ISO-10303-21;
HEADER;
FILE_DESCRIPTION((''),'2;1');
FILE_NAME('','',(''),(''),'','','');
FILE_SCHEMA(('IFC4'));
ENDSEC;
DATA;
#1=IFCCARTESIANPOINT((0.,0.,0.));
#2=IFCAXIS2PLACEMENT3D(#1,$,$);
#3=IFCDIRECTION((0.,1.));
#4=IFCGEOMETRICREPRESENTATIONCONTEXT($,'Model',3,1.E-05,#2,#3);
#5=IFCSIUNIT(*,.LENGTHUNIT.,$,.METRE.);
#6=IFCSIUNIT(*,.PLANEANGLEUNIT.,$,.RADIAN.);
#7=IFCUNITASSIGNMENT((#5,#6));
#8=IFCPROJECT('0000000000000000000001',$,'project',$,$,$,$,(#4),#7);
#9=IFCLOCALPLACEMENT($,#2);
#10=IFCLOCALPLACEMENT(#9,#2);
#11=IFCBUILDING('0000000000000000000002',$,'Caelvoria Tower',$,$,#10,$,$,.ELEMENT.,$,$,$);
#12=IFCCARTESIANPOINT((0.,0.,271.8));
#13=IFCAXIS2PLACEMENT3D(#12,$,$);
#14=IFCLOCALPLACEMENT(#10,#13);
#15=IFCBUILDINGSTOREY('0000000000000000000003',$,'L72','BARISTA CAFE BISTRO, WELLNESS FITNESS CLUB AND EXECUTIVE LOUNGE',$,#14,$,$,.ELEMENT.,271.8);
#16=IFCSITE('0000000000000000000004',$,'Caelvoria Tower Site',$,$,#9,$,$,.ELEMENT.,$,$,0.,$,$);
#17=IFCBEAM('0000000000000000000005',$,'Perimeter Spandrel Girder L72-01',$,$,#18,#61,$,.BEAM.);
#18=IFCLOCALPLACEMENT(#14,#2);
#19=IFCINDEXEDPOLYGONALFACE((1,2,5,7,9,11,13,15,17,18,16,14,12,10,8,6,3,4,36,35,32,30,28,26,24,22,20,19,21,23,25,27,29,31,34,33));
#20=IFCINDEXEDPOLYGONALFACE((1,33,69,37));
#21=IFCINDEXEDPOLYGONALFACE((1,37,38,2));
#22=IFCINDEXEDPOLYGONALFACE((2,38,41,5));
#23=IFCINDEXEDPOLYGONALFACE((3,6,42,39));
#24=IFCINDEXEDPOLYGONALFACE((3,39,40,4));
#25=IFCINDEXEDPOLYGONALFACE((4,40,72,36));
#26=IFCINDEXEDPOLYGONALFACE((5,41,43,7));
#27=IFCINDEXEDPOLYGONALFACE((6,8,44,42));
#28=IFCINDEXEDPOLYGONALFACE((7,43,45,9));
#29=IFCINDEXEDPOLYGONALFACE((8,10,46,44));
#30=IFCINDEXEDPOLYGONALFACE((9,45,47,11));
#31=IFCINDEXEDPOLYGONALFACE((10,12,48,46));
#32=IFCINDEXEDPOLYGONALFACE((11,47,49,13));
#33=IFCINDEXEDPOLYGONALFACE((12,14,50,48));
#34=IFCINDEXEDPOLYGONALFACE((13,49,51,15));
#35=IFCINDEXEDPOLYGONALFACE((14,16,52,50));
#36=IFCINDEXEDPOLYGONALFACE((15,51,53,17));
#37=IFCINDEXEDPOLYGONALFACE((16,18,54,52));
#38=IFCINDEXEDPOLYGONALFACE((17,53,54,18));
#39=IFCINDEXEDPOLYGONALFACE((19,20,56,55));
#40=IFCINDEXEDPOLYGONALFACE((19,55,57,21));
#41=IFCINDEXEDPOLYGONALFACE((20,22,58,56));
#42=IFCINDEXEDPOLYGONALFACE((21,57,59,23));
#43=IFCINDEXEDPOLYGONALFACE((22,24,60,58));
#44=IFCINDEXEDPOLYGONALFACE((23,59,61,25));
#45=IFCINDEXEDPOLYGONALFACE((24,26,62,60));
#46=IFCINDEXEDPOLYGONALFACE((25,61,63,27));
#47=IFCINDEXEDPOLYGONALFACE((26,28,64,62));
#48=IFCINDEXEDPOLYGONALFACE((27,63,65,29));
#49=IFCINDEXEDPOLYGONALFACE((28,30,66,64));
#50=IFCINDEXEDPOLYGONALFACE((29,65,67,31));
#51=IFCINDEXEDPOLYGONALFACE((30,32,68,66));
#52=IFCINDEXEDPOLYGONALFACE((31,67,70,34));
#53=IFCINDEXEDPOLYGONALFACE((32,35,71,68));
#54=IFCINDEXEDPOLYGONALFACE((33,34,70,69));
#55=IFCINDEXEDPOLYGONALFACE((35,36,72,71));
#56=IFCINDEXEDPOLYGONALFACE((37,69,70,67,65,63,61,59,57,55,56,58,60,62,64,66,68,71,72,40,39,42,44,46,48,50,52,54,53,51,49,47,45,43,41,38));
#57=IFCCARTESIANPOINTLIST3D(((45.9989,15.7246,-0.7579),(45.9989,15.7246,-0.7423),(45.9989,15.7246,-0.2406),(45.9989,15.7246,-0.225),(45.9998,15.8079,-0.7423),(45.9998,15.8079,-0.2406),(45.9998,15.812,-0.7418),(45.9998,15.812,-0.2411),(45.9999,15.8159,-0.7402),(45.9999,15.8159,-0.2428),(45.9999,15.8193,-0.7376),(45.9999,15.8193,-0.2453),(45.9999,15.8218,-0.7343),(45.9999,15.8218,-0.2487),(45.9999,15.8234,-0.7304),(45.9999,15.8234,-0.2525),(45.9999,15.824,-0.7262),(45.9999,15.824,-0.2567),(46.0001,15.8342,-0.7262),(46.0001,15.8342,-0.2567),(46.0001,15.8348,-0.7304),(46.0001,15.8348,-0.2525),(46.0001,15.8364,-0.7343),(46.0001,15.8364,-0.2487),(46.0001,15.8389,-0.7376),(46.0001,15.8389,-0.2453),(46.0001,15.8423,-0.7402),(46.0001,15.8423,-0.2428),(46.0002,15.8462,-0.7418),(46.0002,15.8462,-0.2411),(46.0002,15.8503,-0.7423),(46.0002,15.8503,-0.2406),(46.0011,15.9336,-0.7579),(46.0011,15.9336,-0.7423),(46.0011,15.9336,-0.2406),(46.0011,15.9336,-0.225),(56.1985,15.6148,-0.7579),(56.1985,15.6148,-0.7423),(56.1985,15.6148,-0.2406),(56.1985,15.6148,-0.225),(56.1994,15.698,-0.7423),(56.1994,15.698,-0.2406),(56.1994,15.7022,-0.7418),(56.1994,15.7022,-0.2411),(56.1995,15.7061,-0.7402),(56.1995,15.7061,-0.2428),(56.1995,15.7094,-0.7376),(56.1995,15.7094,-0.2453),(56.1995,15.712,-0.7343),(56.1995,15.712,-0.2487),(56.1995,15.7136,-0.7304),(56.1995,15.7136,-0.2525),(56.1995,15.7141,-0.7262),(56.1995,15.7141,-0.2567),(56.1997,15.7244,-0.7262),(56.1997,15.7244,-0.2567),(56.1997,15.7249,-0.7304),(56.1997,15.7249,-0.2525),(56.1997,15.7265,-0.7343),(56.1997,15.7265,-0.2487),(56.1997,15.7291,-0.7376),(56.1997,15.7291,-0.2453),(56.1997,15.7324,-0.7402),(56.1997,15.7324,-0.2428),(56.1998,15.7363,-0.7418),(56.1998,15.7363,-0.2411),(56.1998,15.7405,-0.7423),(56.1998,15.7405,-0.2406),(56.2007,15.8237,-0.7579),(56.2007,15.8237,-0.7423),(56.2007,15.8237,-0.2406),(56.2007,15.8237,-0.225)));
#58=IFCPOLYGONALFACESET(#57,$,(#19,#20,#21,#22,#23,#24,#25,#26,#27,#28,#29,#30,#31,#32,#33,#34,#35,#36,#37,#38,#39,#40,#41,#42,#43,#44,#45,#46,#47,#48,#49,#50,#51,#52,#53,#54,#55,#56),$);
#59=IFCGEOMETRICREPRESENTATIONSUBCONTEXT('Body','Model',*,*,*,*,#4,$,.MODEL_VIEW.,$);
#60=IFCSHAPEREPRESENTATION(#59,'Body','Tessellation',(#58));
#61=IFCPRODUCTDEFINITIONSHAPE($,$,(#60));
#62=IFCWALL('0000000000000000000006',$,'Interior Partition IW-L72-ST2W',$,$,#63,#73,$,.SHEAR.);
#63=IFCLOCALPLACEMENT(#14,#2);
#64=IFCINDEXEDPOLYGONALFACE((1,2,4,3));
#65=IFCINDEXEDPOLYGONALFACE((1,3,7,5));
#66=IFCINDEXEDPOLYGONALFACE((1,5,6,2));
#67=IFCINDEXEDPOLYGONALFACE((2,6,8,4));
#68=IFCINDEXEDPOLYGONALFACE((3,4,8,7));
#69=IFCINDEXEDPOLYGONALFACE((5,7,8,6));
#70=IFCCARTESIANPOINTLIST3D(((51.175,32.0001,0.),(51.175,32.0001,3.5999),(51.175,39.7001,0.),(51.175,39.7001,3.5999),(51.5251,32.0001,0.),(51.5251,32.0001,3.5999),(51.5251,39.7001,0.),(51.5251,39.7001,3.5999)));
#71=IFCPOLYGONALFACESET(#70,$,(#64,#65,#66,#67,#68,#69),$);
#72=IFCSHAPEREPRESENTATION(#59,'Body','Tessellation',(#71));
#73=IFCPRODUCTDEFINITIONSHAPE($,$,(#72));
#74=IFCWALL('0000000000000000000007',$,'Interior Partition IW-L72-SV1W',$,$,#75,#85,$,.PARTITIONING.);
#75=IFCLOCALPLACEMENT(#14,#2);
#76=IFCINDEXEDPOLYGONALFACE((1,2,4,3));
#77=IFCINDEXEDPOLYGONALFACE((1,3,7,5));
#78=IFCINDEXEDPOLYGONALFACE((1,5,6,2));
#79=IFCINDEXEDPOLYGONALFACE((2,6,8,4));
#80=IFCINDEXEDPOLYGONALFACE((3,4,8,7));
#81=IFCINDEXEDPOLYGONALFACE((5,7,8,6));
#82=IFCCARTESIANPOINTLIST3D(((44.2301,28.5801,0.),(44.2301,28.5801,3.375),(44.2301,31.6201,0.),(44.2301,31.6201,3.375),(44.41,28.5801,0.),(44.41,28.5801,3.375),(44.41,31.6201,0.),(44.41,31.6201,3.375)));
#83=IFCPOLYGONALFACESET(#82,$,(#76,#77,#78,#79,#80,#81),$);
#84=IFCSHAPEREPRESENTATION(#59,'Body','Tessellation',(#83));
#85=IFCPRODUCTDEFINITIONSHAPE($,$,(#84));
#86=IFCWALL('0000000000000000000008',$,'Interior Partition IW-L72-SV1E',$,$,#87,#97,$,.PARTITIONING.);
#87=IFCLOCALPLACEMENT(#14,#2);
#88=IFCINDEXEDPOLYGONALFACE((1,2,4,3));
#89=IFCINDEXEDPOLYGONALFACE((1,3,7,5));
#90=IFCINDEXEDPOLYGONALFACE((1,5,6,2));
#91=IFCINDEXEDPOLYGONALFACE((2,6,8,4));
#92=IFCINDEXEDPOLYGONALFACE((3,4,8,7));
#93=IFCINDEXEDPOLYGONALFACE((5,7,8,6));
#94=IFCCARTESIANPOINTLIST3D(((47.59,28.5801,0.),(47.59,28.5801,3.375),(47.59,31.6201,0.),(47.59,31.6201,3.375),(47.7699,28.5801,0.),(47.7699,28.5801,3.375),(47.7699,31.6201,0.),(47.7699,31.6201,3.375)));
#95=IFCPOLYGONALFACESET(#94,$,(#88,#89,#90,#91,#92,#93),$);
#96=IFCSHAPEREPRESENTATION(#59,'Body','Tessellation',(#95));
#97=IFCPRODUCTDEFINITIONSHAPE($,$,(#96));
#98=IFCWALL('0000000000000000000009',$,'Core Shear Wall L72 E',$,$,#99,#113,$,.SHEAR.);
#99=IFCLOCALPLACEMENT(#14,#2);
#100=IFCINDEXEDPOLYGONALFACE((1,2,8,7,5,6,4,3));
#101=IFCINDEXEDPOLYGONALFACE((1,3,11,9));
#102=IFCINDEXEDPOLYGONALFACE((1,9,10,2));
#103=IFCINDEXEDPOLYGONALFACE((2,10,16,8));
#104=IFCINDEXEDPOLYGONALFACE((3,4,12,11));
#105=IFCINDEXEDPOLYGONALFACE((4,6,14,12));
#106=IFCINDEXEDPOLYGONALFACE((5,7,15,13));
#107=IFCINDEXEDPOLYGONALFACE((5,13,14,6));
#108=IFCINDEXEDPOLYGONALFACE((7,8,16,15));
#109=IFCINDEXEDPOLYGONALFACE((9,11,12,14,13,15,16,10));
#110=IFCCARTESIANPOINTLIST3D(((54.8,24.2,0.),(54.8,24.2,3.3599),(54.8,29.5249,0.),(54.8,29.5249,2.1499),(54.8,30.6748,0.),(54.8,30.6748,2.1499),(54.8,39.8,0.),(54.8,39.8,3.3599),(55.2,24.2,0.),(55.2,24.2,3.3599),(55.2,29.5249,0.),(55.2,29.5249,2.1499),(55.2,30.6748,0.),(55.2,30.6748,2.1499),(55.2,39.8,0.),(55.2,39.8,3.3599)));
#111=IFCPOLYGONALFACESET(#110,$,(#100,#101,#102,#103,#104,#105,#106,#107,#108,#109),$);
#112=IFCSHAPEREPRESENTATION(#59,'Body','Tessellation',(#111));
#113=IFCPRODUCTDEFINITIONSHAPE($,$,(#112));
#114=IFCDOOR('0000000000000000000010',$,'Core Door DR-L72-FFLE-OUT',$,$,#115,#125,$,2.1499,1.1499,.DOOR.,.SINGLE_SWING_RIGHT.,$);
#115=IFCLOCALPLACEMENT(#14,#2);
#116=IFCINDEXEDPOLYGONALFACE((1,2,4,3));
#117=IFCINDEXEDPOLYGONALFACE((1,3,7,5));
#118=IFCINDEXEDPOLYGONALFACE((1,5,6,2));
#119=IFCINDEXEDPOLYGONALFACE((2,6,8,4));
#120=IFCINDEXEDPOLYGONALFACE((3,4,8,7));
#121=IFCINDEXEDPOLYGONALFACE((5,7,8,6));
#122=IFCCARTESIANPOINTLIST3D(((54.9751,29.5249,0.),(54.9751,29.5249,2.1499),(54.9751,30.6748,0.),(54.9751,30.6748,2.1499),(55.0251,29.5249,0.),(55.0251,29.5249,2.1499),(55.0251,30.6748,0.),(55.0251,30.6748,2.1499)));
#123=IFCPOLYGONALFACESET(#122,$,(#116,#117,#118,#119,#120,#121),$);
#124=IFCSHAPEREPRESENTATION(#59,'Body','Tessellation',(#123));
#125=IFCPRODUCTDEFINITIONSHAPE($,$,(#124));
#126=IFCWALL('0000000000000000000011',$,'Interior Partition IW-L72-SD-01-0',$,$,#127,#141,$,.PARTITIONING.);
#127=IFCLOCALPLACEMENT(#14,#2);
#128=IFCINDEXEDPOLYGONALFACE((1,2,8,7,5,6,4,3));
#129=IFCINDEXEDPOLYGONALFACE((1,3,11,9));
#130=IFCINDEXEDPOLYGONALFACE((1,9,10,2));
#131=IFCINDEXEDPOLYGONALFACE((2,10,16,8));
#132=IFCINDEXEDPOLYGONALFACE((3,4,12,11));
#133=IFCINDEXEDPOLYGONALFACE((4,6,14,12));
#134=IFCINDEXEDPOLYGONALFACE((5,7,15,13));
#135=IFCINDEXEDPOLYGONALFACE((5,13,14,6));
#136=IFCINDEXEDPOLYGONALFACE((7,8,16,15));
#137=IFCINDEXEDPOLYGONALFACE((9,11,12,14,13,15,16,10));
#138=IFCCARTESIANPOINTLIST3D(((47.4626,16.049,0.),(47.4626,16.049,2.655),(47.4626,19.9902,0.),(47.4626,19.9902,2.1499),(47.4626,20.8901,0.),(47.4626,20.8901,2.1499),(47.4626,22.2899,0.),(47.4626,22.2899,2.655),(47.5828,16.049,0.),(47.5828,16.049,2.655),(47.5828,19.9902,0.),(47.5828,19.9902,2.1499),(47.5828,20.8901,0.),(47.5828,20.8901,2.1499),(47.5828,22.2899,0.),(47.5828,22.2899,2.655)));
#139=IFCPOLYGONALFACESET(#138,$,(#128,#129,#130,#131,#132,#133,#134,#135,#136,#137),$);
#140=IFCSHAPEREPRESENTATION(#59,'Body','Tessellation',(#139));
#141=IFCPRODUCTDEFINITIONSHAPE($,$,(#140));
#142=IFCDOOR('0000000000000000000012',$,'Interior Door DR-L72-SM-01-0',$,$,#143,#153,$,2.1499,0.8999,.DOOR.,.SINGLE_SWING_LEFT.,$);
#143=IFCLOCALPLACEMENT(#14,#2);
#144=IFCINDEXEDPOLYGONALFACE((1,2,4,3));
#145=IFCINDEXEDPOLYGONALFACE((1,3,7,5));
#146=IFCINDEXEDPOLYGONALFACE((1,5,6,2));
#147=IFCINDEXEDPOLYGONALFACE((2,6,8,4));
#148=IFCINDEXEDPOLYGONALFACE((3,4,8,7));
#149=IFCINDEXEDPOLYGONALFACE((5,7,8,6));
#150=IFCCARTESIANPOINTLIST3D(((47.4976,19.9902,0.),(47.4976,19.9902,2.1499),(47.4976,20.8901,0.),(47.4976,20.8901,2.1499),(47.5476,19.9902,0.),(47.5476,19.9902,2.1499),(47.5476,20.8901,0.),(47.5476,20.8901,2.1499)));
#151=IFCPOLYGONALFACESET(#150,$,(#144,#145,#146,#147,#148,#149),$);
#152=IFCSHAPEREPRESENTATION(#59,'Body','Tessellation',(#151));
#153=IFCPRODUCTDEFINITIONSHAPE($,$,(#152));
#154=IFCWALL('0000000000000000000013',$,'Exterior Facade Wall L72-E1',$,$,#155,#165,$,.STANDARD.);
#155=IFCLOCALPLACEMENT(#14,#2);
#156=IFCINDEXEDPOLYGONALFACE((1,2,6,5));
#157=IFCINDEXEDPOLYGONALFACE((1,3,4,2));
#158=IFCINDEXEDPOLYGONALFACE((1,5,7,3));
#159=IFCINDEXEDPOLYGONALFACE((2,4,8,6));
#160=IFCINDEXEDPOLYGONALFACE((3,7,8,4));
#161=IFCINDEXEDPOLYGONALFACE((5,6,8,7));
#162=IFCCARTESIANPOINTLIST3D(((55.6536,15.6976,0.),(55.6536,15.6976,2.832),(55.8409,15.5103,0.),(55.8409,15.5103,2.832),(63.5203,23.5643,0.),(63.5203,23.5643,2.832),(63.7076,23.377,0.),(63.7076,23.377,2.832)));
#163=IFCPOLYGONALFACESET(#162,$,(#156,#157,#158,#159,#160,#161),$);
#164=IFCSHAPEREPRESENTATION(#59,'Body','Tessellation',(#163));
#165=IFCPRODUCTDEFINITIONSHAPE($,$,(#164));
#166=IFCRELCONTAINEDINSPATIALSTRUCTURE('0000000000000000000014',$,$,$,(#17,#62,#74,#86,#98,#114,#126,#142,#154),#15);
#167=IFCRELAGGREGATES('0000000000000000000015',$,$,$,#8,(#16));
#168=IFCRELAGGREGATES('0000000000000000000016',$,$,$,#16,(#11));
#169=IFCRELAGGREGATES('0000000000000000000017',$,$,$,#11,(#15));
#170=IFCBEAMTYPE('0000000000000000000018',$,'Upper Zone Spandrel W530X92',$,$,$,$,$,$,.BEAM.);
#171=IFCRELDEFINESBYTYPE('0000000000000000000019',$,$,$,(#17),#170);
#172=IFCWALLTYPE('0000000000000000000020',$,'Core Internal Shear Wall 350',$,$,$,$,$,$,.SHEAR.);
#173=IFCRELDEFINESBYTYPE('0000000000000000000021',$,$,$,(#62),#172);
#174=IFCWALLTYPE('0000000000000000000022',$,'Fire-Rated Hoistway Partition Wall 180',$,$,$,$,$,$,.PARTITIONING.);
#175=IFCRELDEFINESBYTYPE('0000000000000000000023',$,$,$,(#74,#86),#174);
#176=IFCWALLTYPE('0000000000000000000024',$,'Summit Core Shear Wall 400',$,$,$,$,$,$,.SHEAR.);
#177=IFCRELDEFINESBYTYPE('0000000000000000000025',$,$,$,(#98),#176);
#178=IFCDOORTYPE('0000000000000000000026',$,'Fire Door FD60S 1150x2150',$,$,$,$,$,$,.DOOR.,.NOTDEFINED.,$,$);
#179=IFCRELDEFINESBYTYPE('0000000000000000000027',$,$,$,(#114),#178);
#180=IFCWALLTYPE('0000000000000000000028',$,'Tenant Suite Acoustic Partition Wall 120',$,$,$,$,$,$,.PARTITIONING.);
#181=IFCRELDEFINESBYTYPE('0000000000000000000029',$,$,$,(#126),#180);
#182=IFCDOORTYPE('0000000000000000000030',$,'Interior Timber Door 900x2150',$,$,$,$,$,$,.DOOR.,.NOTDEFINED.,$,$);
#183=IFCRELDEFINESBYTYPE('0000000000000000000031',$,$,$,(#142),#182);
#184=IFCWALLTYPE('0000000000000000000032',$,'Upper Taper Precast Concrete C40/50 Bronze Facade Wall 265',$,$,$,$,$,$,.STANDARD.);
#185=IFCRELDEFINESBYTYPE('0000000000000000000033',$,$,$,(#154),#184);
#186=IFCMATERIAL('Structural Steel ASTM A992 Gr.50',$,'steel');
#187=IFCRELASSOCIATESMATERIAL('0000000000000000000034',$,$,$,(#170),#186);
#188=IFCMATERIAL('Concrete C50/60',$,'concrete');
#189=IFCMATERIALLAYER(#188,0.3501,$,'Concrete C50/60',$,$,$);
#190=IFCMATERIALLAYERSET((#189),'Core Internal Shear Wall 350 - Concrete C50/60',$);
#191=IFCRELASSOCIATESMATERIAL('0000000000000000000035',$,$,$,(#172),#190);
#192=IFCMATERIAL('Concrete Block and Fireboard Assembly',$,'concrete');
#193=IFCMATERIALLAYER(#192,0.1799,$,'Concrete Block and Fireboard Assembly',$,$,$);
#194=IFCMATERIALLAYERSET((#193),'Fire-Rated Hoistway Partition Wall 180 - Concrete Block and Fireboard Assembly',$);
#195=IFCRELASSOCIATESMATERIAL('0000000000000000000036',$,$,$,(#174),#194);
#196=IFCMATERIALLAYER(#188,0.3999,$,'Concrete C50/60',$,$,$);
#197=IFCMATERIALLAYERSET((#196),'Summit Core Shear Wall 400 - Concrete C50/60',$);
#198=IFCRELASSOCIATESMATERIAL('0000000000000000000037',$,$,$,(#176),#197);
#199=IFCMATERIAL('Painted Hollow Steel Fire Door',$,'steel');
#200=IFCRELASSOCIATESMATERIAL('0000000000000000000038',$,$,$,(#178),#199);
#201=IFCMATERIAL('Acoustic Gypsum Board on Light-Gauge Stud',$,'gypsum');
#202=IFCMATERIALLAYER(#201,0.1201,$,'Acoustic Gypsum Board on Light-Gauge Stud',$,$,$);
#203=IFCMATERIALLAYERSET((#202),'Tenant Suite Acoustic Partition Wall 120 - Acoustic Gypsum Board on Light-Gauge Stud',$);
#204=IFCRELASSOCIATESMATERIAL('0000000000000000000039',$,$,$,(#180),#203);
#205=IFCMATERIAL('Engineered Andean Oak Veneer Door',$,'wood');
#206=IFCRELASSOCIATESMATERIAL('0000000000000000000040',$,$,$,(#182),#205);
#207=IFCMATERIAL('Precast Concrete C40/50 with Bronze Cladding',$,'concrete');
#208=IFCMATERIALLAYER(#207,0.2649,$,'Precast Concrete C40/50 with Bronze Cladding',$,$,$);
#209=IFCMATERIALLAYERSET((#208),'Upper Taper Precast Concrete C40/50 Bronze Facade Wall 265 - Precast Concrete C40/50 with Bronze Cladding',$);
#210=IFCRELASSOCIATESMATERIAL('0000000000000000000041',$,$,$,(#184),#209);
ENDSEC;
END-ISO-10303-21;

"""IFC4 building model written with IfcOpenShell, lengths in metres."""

from ifc_helpers import new_model, si_unit, direction, frame, frame_2d, origin, origin_2d, place, context, subcontext, project, spatial, rectangle, i_section, extrude, material, layer, layer_set, material_profile, profile_set, type_object, element, fill, save


model = new_model("IFC4")

# Units and contexts
model_context = context("Model", 3, precision=1e-05, world=origin(), true_north=direction((0.0, 1.0)))
body_context = subcontext(model_context, "Body", "Model", "MODEL_VIEW")
ifc_project = project(units=[si_unit("LENGTHUNIT", "METRE"), si_unit("PLANEANGLEUNIT", "RADIAN")], contexts=[model_context])

# Site, building, storey
site_placement = place(None, origin())
site = spatial("IfcSite", under=ifc_project, at=site_placement, Name="Caelvoria Tower Site", CompositionType="ELEMENT", RefElevation=0.0)
building_placement = place(site_placement, origin())
building = spatial("IfcBuilding", under=site, at=building_placement, Name="Caelvoria Tower", CompositionType="ELEMENT")
storey_placement = place(building_placement, frame((0.0, 0.0, 271.8)))
storey = spatial("IfcBuildingStorey", under=building, at=storey_placement, Name="L72", Description="BARISTA CAFE BISTRO, WELLNESS FITNESS CLUB AND EXECUTIVE LOUNGE", CompositionType="ELEMENT", Elevation=271.8)

# Shared definitions
ifc_material_1 = material(Name="Structural Steel ASTM A992 Gr.50", Category="steel")

# Beam
ifc_material_profile_1 = material_profile(ifc_material_1, i_section(OverallWidth=0.209, OverallDepth=0.533, WebThickness=0.0103, FlangeThickness=0.0156, FilletRadius=0.0161, at=origin_2d()), Name="Structural Steel ASTM A992 Gr.50")
ifc_profile_set_1 = profile_set([ifc_material_profile_1], Name="W530X92 - Structural Steel ASTM A992 Gr.50")
beam_type_1 = type_object("IfcBeamType", Name="Upper Zone Spandrel W530X92", PredefinedType="BEAM", material=ifc_profile_set_1)
beam_1_placement = place(storey_placement, frame((46.0, 15.8291, -0.4915), z_axis=(0.999942, -0.010771, 0.0), x_axis=(0.010771, 0.999942, 0.0)))
element("IfcBeam", 1, at=beam_1_placement, inside=storey, type_object=beam_type_1, Name="Perimeter Spandrel Girder L72-01", PredefinedType="BEAM", context=body_context, shape_type="SweptSolid", body=[
    extrude(i_section(OverallWidth=0.209, OverallDepth=0.533, WebThickness=0.0103, FlangeThickness=0.0156, FilletRadius=0.0161, at=origin_2d()), origin(), (0.0, 0.0, 1.0), 10.2002),
])

# Wall
ifc_material_2 = material(Name="Concrete C50/60", Category="concrete")
ifc_layer_1 = layer(ifc_material_2, 0.3501, Name="Concrete C50/60")
ifc_layer_set_1 = layer_set([ifc_layer_1], Name="Core Internal Shear Wall 350 - Concrete C50/60")
wall_type_1 = type_object("IfcWallType", Name="Core Internal Shear Wall 350", PredefinedType="SHEAR", material=ifc_layer_set_1)
wall_1_placement = place(storey_placement, frame((51.3501, 32.0, 0.0), z_axis=(0.0, 0.0, 1.0), x_axis=(0.0, 1.0, 0.0)))
element("IfcWall", 2, at=wall_1_placement, inside=storey, type_object=wall_type_1, Name="Interior Partition IW-L72-ST2W", PredefinedType="SHEAR", context=body_context, shape_type="SweptSolid", body=[
    extrude(rectangle(XDim=7.7, YDim=0.3501, at=frame_2d((3.8501, 0.0))), origin(), (0.0, 0.0, 1.0), 3.5999),
])

# Walls
ifc_material_3 = material(Name="Concrete Block and Fireboard Assembly", Category="concrete")
ifc_layer_2 = layer(ifc_material_3, 0.1799, Name="Concrete Block and Fireboard Assembly")
ifc_layer_set_2 = layer_set([ifc_layer_2], Name="Fire-Rated Hoistway Partition Wall 180 - Concrete Block and Fireboard Assembly")
wall_type_2 = type_object("IfcWallType", Name="Fire-Rated Hoistway Partition Wall 180", PredefinedType="PARTITIONING", material=ifc_layer_set_2)
for number, where, z_axis, x_axis, name in (
    (3, (44.3201, 28.5801, 0.0), (0.0, 0.0, 1.0), (0.0, 1.0, 0.0), "Interior Partition IW-L72-SV1W"),
    (4, (47.6799, 28.5801, 0.0), (0.0, 0.0, 1.0), (0.0, 1.0, 0.0), "Interior Partition IW-L72-SV1E"),
):
    element("IfcWall", number, at=place(storey_placement, frame(where, z_axis=z_axis, x_axis=x_axis)), inside=storey, type_object=wall_type_2, Name=name, PredefinedType="PARTITIONING", context=body_context, shape_type="SweptSolid", body=[
        extrude(rectangle(XDim=3.04, YDim=0.1799, at=frame_2d((1.52, 0.0))), origin(), (0.0, 0.0, 1.0), 3.375),
    ])

# Walls, openings, doors
ifc_layer_3 = layer(ifc_material_2, 0.3999, Name="Concrete C50/60")
ifc_layer_set_3 = layer_set([ifc_layer_3], Name="Summit Core Shear Wall 400 - Concrete C50/60")
wall_type_3 = type_object("IfcWallType", Name="Summit Core Shear Wall 400", PredefinedType="SHEAR", material=ifc_layer_set_3)
wall_2_placement = place(storey_placement, frame((55.0, 24.2, 0.0), z_axis=(0.0, 0.0, 1.0), x_axis=(0.0, 1.0, 0.0)))
wall_2 = element("IfcWall", 5, at=wall_2_placement, inside=storey, type_object=wall_type_3, Name="Core Shear Wall L72 E", PredefinedType="SHEAR", context=body_context, shape_type="SweptSolid", body=[
    extrude(rectangle(XDim=15.6001, YDim=0.3999, at=frame_2d((7.8, 0.0))), origin(), (0.0, 0.0, 1.0), 3.3599),
])
opening_1_placement = place(wall_2_placement, frame((5.325, 0.0, 0.0)))
opening_1 = element("IfcOpeningElement", 6, at=opening_1_placement, cuts=wall_2, PredefinedType="OPENING", context=body_context, shape_type="SweptSolid", body=[
    extrude(rectangle(XDim=1.1499, YDim=2.1499, at=frame_2d((0.575, 1.075))), frame((0.0, 0.21, 0.0), z_axis=(0.0, -1.0, 0.0), x_axis=(1.0, 0.0, 0.0)), (0.0, 0.0, 1.0), 0.4199),
])
ifc_material_4 = material(Name="Painted Hollow Steel Fire Door", Category="steel")
door_type_1 = type_object("IfcDoorType", Name="Fire Door FD60S 1150x2150", OperationType="NOTDEFINED", PredefinedType="DOOR", material=ifc_material_4)
door_1_placement = place(opening_1_placement, origin())
door_1 = element("IfcDoor", 7, at=door_1_placement, inside=storey, type_object=door_type_1, Name="Core Door DR-L72-FFLE-OUT", OperationType="SINGLE_SWING_RIGHT", OverallHeight=2.1499, OverallWidth=1.1499, PredefinedType="DOOR", context=body_context, shape_type="SweptSolid", body=[
    extrude(rectangle(XDim=1.1499, YDim=2.1499, at=frame_2d((0.575, 1.075))), frame((0.0, 0.0249, 0.0), z_axis=(0.0, -1.0, 0.0), x_axis=(1.0, 0.0, 0.0)), (0.0, 0.0, 1.0), 0.05),
])
fill(opening_1, door_1)
ifc_material_5 = material(Name="Acoustic Gypsum Board on Light-Gauge Stud", Category="gypsum")
ifc_layer_4 = layer(ifc_material_5, 0.1201, Name="Acoustic Gypsum Board on Light-Gauge Stud")
ifc_layer_set_4 = layer_set([ifc_layer_4], Name="Tenant Suite Acoustic Partition Wall 120 - Acoustic Gypsum Board on Light-Gauge Stud")
wall_type_4 = type_object("IfcWallType", Name="Tenant Suite Acoustic Partition Wall 120", PredefinedType="PARTITIONING", material=ifc_layer_set_4)
wall_3_placement = place(storey_placement, frame((47.5227, 22.29, 0.0), z_axis=(0.0, 0.0, 1.0), x_axis=(0.0, -1.0, 0.0)))
wall_3 = element("IfcWall", 8, at=wall_3_placement, inside=storey, type_object=wall_type_4, Name="Interior Partition IW-L72-SD-01-0", PredefinedType="PARTITIONING", context=body_context, shape_type="SweptSolid", body=[
    extrude(rectangle(XDim=6.241, YDim=0.1201, at=frame_2d((3.1206, 0.0))), origin(), (0.0, 0.0, 1.0), 2.655),
])
opening_2_placement = place(wall_3_placement, frame((1.3999, 0.0, 0.0)))
opening_2 = element("IfcOpeningElement", 9, at=opening_2_placement, cuts=wall_3, PredefinedType="OPENING", context=body_context, shape_type="SweptSolid", body=[
    extrude(rectangle(XDim=0.8999, YDim=2.1499, at=frame_2d((0.45, 1.075))), frame((0.0, 0.0701, 0.0), z_axis=(0.0, -1.0, 0.0), x_axis=(1.0, 0.0, 0.0)), (0.0, 0.0, 1.0), 0.1401),
])
ifc_material_6 = material(Name="Engineered Andean Oak Veneer Door", Category="wood")
door_type_2 = type_object("IfcDoorType", Name="Interior Timber Door 900x2150", OperationType="NOTDEFINED", PredefinedType="DOOR", material=ifc_material_6)
door_2_placement = place(opening_2_placement, origin())
door_2 = element("IfcDoor", 10, at=door_2_placement, inside=storey, type_object=door_type_2, Name="Interior Door DR-L72-SM-01-0", OperationType="SINGLE_SWING_LEFT", OverallHeight=2.1499, OverallWidth=0.8999, PredefinedType="DOOR", context=body_context, shape_type="SweptSolid", body=[
    extrude(rectangle(XDim=0.8999, YDim=2.1499, at=frame_2d((0.45, 1.075))), frame((0.0, 0.0249, 0.0), z_axis=(0.0, -1.0, 0.0), x_axis=(1.0, 0.0, 0.0)), (0.0, 0.0, 1.0), 0.05),
])
fill(opening_2, door_2)

# Wall
ifc_material_7 = material(Name="Precast Concrete C40/50 with Bronze Cladding", Category="concrete")
ifc_layer_5 = layer(ifc_material_7, 0.2649, Name="Precast Concrete C40/50 with Bronze Cladding")
ifc_layer_set_5 = layer_set([ifc_layer_5], Name="Upper Taper Precast Concrete C40/50 Bronze Facade Wall 265 - Precast Concrete C40/50 with Bronze Cladding")
wall_type_5 = type_object("IfcWallType", Name="Upper Taper Precast Concrete C40/50 Bronze Facade Wall 265", PredefinedType="STANDARD", material=ifc_layer_set_5)
wall_4_placement = place(storey_placement, frame((55.7473, 15.604, 0.0), z_axis=(0.0, 0.0, 1.0), x_axis=(0.707107, 0.707107, 0.0)))
element("IfcWall", 11, at=wall_4_placement, inside=storey, type_object=wall_type_5, Name="Exterior Facade Wall L72-E1", PredefinedType="STANDARD", context=body_context, shape_type="SweptSolid", body=[
    extrude(rectangle(XDim=11.1252, YDim=0.2649, at=frame_2d((5.5625, 0.0))), origin(), (0.0, 0.0, 1.0), 2.832),
])

save(model, "model.ifc")
